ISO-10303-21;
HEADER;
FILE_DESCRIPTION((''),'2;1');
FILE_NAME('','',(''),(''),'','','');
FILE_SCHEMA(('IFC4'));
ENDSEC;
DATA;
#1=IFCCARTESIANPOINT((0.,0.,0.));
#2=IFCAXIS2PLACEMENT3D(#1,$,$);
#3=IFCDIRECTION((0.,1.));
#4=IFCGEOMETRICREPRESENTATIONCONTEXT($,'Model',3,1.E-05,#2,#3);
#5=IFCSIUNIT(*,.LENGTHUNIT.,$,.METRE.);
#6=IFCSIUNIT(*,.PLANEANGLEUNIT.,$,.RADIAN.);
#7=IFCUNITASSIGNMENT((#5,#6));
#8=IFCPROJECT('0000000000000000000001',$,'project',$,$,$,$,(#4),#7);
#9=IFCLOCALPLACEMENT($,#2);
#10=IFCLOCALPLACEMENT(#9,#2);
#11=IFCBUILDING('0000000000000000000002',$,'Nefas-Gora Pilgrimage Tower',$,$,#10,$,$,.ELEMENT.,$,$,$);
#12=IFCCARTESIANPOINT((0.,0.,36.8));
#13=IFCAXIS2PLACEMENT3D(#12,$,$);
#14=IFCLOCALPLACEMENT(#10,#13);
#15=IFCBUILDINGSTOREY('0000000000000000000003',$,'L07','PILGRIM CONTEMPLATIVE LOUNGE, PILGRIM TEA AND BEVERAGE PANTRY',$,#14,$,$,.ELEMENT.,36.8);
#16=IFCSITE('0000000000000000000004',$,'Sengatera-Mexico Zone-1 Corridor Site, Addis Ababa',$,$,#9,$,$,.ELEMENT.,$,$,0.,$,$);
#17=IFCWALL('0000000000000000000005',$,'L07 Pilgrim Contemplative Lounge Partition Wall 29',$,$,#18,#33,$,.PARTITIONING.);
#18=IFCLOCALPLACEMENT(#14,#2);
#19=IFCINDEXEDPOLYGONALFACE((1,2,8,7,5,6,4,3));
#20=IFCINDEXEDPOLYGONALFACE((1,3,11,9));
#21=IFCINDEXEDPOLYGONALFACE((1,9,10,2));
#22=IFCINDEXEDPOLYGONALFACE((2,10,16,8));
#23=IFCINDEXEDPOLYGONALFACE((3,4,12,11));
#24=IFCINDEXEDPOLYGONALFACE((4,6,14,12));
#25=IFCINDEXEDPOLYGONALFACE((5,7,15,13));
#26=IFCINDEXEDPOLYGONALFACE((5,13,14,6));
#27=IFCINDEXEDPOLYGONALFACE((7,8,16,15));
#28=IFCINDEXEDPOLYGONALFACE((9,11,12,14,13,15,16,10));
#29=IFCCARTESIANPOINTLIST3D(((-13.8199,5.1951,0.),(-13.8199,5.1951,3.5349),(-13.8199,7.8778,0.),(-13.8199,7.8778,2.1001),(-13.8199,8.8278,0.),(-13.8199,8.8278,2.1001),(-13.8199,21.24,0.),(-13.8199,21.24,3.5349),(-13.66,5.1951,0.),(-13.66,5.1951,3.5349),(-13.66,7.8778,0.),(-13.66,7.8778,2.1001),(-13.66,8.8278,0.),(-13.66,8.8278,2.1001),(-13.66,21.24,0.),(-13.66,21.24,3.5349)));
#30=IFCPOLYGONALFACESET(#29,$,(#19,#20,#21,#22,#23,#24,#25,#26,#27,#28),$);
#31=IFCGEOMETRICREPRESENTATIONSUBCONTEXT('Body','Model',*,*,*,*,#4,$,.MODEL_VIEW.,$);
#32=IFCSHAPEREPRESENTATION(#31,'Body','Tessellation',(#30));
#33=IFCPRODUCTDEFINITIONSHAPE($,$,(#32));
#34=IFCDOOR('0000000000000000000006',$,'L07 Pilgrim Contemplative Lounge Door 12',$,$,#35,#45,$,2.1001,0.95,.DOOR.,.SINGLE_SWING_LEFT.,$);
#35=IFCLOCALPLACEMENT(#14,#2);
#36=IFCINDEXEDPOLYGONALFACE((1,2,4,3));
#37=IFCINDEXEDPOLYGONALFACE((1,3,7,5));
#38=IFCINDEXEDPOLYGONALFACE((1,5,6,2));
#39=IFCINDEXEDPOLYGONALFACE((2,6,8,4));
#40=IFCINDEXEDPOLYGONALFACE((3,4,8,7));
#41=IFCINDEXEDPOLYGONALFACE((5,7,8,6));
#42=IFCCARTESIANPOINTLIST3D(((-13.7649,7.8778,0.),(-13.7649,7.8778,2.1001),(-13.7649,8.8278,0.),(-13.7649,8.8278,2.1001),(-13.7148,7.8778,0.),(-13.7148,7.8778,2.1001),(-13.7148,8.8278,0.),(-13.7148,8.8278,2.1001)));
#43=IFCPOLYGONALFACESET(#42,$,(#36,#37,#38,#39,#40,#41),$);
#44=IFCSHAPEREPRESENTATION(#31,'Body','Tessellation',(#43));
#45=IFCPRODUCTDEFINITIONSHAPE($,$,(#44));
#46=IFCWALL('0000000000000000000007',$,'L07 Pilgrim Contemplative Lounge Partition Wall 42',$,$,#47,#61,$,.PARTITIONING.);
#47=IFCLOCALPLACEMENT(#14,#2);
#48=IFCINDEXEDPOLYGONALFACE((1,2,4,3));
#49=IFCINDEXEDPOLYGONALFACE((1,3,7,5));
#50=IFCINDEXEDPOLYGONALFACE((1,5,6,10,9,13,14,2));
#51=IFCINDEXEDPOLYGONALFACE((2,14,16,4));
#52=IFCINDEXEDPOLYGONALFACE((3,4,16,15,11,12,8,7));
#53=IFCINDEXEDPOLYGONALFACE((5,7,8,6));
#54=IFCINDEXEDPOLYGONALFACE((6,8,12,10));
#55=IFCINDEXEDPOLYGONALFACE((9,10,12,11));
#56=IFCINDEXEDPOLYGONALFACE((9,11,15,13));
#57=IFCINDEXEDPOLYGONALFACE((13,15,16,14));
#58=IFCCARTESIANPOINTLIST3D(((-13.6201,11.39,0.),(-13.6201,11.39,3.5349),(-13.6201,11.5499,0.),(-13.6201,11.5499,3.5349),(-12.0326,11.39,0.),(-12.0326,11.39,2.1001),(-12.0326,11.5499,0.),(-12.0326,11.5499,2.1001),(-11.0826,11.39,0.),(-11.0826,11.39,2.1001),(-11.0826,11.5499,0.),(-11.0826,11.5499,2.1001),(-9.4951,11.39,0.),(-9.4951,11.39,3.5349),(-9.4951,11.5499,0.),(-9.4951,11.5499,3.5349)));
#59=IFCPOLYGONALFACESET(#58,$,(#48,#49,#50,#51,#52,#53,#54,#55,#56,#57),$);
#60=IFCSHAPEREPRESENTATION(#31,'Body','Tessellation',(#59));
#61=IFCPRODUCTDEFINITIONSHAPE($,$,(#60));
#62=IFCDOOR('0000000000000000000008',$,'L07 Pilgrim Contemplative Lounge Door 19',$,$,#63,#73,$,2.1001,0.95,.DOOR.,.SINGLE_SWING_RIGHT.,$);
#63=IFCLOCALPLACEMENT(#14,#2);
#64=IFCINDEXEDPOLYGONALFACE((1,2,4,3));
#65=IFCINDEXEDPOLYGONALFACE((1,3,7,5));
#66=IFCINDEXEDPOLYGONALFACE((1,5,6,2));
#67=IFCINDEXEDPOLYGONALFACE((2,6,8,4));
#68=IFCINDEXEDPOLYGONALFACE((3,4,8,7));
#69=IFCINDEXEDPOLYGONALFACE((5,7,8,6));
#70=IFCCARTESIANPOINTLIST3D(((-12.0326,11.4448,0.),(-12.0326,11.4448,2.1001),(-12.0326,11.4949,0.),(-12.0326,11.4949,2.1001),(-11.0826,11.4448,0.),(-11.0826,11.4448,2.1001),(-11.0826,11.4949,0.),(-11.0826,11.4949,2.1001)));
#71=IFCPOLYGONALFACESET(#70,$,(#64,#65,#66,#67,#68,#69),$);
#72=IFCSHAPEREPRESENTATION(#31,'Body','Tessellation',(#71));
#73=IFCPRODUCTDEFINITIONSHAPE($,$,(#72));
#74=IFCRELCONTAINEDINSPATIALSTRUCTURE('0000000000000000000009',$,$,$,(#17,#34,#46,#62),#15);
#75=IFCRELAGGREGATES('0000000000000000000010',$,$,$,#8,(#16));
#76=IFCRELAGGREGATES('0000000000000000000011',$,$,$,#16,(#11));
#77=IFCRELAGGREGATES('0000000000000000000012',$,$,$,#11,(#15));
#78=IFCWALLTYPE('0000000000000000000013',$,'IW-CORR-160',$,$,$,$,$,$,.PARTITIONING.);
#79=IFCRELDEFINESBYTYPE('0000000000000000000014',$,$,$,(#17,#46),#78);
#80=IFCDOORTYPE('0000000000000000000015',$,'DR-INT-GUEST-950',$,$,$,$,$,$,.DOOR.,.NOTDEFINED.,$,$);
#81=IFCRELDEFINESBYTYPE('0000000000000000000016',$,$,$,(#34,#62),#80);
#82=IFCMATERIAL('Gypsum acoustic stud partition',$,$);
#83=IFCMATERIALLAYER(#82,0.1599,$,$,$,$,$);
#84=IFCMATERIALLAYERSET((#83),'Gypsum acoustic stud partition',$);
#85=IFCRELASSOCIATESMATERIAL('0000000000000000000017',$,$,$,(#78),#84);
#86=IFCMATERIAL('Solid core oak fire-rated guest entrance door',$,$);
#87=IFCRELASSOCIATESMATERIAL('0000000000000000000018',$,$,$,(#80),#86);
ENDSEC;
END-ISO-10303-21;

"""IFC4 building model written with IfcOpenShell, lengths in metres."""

from ifc_helpers import new_model, si_unit, direction, frame, frame_2d, origin, place, context, subcontext, project, spatial, rectangle, extrude, source, transform, mapped, material, layer, layer_set, type_object, element, fill, save


model = new_model("IFC4")

# Units and contexts
model_context = context("Model", 3, precision=1e-05, world=origin(), true_north=direction((0.0, 1.0)))
body_context = subcontext(model_context, "Body", "Model", "MODEL_VIEW")
ifc_project = project(units=[si_unit("LENGTHUNIT", "METRE"), si_unit("PLANEANGLEUNIT", "RADIAN")], contexts=[model_context])

# Site, building, storey
site_placement = place(None, origin())
site = spatial("IfcSite", under=ifc_project, at=site_placement, Name="Sengatera-Mexico Zone-1 Corridor Site, Addis Ababa", CompositionType="ELEMENT", RefElevation=0.0)
building_placement = place(site_placement, origin())
building = spatial("IfcBuilding", under=site, at=building_placement, Name="Nefas-Gora Pilgrimage Tower", CompositionType="ELEMENT")
storey_placement = place(building_placement, frame((0.0, 0.0, 36.8)))
storey = spatial("IfcBuildingStorey", under=building, at=storey_placement, Name="L07", Description="PILGRIM CONTEMPLATIVE LOUNGE, PILGRIM TEA AND BEVERAGE PANTRY", CompositionType="ELEMENT", Elevation=36.8)

# Walls, openings, doors
ifc_material_1 = material(Name="Gypsum acoustic stud partition")
ifc_layer_1 = layer(ifc_material_1, 0.1599)
ifc_layer_set_1 = layer_set([ifc_layer_1], Name="Gypsum acoustic stud partition")
wall_type_1 = type_object("IfcWallType", Name="IW-CORR-160", PredefinedType="PARTITIONING", material=ifc_layer_set_1)
shared_shape_1 = source(origin(), body_context, "Body", "SweptSolid", [
    extrude(rectangle(XDim=16.0449, YDim=0.1599, at=frame_2d((8.0225, 0.0))), origin(), (0.0, 0.0, 1.0), 3.5349),
])
wall_1_placement = place(storey_placement, frame((-13.74, 5.1951, 0.0), z_axis=(0.0, 0.0, 1.0), x_axis=(0.0, 1.0, 0.0)))
wall_1 = element("IfcWall", 1, at=wall_1_placement, inside=storey, type_object=wall_type_1, Name="L07 Pilgrim Contemplative Lounge Partition Wall 29", PredefinedType="PARTITIONING", context=body_context, shape_type="MappedRepresentation", body=[
    mapped(shared_shape_1, transform((0.0, 0.0, 0.0), x_axis=(1.0, 0.0, 0.0), y_axis=(0.0, 1.0, 0.0), z_axis=(0.0, 0.0, 1.0), scale=1.0)),
])
opening_1_placement = place(wall_1_placement, frame((2.6826, 0.0, 0.0)))
opening_1 = element("IfcOpeningElement", 2, at=opening_1_placement, cuts=wall_1, PredefinedType="OPENING", context=body_context, shape_type="SweptSolid", body=[
    extrude(rectangle(XDim=0.95, YDim=2.1001, at=frame_2d((0.4751, 1.05))), frame((0.0, 0.0898, 0.0), z_axis=(0.0, -1.0, 0.0), x_axis=(1.0, 0.0, 0.0)), (0.0, 0.0, 1.0), 0.1799),
])
ifc_material_2 = material(Name="Solid core oak fire-rated guest entrance door")
door_type = type_object("IfcDoorType", Name="DR-INT-GUEST-950", OperationType="NOTDEFINED", PredefinedType="DOOR", material=ifc_material_2)
shared_shape_2 = source(origin(), body_context, "Body", "SweptSolid", [
    extrude(rectangle(XDim=0.95, YDim=2.1001, at=frame_2d((0.4751, 1.05))), frame((0.0, 0.0249, 0.0), z_axis=(0.0, -1.0, 0.0), x_axis=(1.0, 0.0, 0.0)), (0.0, 0.0, 1.0), 0.05),
])
door_1_placement = place(opening_1_placement, origin())
door_1 = element("IfcDoor", 3, at=door_1_placement, inside=storey, type_object=door_type, Name="L07 Pilgrim Contemplative Lounge Door 12", OperationType="SINGLE_SWING_LEFT", OverallHeight=2.1001, OverallWidth=0.95, PredefinedType="DOOR", context=body_context, shape_type="MappedRepresentation", body=[
    mapped(shared_shape_2, transform((0.0, 0.0, 0.0), x_axis=(1.0, 0.0, 0.0), y_axis=(0.0, 1.0, 0.0), z_axis=(0.0, 0.0, 1.0), scale=1.0)),
])
fill(opening_1, door_1)
shared_shape_3 = source(origin(), body_context, "Body", "SweptSolid", [
    extrude(rectangle(XDim=4.125, YDim=0.1599, at=frame_2d((2.0625, 0.0))), origin(), (0.0, 0.0, 1.0), 3.5349),
])
wall_2_placement = place(storey_placement, frame((-13.6201, 11.47, 0.0), z_axis=(0.0, 0.0, 1.0), x_axis=(1.0, 0.0, 0.0)))
wall_2 = element("IfcWall", 4, at=wall_2_placement, inside=storey, type_object=wall_type_1, Name="L07 Pilgrim Contemplative Lounge Partition Wall 42", PredefinedType="PARTITIONING", context=body_context, shape_type="MappedRepresentation", body=[
    mapped(shared_shape_3, transform((0.0, 0.0, 0.0), x_axis=(1.0, 0.0, 0.0), y_axis=(0.0, 1.0, 0.0), z_axis=(0.0, 0.0, 1.0), scale=1.0)),
])
opening_2_placement = place(wall_2_placement, frame((1.5874, 0.0, 0.0)))
opening_2 = element("IfcOpeningElement", 5, at=opening_2_placement, cuts=wall_2, PredefinedType="OPENING", context=body_context, shape_type="SweptSolid", body=[
    extrude(rectangle(XDim=0.95, YDim=2.1001, at=frame_2d((0.4751, 1.05))), frame((0.0, 0.0898, 0.0), z_axis=(0.0, -1.0, 0.0), x_axis=(1.0, 0.0, 0.0)), (0.0, 0.0, 1.0), 0.1799),
])
door_2_placement = place(opening_2_placement, origin())
door_2 = element("IfcDoor", 6, at=door_2_placement, inside=storey, type_object=door_type, Name="L07 Pilgrim Contemplative Lounge Door 19", OperationType="SINGLE_SWING_RIGHT", OverallHeight=2.1001, OverallWidth=0.95, PredefinedType="DOOR", context=body_context, shape_type="MappedRepresentation", body=[
    mapped(shared_shape_2, transform((0.0, 0.0, 0.0), x_axis=(1.0, 0.0, 0.0), y_axis=(0.0, 1.0, 0.0), z_axis=(0.0, 0.0, 1.0), scale=1.0)),
])
fill(opening_2, door_2)

save(model, "model.ifc")
